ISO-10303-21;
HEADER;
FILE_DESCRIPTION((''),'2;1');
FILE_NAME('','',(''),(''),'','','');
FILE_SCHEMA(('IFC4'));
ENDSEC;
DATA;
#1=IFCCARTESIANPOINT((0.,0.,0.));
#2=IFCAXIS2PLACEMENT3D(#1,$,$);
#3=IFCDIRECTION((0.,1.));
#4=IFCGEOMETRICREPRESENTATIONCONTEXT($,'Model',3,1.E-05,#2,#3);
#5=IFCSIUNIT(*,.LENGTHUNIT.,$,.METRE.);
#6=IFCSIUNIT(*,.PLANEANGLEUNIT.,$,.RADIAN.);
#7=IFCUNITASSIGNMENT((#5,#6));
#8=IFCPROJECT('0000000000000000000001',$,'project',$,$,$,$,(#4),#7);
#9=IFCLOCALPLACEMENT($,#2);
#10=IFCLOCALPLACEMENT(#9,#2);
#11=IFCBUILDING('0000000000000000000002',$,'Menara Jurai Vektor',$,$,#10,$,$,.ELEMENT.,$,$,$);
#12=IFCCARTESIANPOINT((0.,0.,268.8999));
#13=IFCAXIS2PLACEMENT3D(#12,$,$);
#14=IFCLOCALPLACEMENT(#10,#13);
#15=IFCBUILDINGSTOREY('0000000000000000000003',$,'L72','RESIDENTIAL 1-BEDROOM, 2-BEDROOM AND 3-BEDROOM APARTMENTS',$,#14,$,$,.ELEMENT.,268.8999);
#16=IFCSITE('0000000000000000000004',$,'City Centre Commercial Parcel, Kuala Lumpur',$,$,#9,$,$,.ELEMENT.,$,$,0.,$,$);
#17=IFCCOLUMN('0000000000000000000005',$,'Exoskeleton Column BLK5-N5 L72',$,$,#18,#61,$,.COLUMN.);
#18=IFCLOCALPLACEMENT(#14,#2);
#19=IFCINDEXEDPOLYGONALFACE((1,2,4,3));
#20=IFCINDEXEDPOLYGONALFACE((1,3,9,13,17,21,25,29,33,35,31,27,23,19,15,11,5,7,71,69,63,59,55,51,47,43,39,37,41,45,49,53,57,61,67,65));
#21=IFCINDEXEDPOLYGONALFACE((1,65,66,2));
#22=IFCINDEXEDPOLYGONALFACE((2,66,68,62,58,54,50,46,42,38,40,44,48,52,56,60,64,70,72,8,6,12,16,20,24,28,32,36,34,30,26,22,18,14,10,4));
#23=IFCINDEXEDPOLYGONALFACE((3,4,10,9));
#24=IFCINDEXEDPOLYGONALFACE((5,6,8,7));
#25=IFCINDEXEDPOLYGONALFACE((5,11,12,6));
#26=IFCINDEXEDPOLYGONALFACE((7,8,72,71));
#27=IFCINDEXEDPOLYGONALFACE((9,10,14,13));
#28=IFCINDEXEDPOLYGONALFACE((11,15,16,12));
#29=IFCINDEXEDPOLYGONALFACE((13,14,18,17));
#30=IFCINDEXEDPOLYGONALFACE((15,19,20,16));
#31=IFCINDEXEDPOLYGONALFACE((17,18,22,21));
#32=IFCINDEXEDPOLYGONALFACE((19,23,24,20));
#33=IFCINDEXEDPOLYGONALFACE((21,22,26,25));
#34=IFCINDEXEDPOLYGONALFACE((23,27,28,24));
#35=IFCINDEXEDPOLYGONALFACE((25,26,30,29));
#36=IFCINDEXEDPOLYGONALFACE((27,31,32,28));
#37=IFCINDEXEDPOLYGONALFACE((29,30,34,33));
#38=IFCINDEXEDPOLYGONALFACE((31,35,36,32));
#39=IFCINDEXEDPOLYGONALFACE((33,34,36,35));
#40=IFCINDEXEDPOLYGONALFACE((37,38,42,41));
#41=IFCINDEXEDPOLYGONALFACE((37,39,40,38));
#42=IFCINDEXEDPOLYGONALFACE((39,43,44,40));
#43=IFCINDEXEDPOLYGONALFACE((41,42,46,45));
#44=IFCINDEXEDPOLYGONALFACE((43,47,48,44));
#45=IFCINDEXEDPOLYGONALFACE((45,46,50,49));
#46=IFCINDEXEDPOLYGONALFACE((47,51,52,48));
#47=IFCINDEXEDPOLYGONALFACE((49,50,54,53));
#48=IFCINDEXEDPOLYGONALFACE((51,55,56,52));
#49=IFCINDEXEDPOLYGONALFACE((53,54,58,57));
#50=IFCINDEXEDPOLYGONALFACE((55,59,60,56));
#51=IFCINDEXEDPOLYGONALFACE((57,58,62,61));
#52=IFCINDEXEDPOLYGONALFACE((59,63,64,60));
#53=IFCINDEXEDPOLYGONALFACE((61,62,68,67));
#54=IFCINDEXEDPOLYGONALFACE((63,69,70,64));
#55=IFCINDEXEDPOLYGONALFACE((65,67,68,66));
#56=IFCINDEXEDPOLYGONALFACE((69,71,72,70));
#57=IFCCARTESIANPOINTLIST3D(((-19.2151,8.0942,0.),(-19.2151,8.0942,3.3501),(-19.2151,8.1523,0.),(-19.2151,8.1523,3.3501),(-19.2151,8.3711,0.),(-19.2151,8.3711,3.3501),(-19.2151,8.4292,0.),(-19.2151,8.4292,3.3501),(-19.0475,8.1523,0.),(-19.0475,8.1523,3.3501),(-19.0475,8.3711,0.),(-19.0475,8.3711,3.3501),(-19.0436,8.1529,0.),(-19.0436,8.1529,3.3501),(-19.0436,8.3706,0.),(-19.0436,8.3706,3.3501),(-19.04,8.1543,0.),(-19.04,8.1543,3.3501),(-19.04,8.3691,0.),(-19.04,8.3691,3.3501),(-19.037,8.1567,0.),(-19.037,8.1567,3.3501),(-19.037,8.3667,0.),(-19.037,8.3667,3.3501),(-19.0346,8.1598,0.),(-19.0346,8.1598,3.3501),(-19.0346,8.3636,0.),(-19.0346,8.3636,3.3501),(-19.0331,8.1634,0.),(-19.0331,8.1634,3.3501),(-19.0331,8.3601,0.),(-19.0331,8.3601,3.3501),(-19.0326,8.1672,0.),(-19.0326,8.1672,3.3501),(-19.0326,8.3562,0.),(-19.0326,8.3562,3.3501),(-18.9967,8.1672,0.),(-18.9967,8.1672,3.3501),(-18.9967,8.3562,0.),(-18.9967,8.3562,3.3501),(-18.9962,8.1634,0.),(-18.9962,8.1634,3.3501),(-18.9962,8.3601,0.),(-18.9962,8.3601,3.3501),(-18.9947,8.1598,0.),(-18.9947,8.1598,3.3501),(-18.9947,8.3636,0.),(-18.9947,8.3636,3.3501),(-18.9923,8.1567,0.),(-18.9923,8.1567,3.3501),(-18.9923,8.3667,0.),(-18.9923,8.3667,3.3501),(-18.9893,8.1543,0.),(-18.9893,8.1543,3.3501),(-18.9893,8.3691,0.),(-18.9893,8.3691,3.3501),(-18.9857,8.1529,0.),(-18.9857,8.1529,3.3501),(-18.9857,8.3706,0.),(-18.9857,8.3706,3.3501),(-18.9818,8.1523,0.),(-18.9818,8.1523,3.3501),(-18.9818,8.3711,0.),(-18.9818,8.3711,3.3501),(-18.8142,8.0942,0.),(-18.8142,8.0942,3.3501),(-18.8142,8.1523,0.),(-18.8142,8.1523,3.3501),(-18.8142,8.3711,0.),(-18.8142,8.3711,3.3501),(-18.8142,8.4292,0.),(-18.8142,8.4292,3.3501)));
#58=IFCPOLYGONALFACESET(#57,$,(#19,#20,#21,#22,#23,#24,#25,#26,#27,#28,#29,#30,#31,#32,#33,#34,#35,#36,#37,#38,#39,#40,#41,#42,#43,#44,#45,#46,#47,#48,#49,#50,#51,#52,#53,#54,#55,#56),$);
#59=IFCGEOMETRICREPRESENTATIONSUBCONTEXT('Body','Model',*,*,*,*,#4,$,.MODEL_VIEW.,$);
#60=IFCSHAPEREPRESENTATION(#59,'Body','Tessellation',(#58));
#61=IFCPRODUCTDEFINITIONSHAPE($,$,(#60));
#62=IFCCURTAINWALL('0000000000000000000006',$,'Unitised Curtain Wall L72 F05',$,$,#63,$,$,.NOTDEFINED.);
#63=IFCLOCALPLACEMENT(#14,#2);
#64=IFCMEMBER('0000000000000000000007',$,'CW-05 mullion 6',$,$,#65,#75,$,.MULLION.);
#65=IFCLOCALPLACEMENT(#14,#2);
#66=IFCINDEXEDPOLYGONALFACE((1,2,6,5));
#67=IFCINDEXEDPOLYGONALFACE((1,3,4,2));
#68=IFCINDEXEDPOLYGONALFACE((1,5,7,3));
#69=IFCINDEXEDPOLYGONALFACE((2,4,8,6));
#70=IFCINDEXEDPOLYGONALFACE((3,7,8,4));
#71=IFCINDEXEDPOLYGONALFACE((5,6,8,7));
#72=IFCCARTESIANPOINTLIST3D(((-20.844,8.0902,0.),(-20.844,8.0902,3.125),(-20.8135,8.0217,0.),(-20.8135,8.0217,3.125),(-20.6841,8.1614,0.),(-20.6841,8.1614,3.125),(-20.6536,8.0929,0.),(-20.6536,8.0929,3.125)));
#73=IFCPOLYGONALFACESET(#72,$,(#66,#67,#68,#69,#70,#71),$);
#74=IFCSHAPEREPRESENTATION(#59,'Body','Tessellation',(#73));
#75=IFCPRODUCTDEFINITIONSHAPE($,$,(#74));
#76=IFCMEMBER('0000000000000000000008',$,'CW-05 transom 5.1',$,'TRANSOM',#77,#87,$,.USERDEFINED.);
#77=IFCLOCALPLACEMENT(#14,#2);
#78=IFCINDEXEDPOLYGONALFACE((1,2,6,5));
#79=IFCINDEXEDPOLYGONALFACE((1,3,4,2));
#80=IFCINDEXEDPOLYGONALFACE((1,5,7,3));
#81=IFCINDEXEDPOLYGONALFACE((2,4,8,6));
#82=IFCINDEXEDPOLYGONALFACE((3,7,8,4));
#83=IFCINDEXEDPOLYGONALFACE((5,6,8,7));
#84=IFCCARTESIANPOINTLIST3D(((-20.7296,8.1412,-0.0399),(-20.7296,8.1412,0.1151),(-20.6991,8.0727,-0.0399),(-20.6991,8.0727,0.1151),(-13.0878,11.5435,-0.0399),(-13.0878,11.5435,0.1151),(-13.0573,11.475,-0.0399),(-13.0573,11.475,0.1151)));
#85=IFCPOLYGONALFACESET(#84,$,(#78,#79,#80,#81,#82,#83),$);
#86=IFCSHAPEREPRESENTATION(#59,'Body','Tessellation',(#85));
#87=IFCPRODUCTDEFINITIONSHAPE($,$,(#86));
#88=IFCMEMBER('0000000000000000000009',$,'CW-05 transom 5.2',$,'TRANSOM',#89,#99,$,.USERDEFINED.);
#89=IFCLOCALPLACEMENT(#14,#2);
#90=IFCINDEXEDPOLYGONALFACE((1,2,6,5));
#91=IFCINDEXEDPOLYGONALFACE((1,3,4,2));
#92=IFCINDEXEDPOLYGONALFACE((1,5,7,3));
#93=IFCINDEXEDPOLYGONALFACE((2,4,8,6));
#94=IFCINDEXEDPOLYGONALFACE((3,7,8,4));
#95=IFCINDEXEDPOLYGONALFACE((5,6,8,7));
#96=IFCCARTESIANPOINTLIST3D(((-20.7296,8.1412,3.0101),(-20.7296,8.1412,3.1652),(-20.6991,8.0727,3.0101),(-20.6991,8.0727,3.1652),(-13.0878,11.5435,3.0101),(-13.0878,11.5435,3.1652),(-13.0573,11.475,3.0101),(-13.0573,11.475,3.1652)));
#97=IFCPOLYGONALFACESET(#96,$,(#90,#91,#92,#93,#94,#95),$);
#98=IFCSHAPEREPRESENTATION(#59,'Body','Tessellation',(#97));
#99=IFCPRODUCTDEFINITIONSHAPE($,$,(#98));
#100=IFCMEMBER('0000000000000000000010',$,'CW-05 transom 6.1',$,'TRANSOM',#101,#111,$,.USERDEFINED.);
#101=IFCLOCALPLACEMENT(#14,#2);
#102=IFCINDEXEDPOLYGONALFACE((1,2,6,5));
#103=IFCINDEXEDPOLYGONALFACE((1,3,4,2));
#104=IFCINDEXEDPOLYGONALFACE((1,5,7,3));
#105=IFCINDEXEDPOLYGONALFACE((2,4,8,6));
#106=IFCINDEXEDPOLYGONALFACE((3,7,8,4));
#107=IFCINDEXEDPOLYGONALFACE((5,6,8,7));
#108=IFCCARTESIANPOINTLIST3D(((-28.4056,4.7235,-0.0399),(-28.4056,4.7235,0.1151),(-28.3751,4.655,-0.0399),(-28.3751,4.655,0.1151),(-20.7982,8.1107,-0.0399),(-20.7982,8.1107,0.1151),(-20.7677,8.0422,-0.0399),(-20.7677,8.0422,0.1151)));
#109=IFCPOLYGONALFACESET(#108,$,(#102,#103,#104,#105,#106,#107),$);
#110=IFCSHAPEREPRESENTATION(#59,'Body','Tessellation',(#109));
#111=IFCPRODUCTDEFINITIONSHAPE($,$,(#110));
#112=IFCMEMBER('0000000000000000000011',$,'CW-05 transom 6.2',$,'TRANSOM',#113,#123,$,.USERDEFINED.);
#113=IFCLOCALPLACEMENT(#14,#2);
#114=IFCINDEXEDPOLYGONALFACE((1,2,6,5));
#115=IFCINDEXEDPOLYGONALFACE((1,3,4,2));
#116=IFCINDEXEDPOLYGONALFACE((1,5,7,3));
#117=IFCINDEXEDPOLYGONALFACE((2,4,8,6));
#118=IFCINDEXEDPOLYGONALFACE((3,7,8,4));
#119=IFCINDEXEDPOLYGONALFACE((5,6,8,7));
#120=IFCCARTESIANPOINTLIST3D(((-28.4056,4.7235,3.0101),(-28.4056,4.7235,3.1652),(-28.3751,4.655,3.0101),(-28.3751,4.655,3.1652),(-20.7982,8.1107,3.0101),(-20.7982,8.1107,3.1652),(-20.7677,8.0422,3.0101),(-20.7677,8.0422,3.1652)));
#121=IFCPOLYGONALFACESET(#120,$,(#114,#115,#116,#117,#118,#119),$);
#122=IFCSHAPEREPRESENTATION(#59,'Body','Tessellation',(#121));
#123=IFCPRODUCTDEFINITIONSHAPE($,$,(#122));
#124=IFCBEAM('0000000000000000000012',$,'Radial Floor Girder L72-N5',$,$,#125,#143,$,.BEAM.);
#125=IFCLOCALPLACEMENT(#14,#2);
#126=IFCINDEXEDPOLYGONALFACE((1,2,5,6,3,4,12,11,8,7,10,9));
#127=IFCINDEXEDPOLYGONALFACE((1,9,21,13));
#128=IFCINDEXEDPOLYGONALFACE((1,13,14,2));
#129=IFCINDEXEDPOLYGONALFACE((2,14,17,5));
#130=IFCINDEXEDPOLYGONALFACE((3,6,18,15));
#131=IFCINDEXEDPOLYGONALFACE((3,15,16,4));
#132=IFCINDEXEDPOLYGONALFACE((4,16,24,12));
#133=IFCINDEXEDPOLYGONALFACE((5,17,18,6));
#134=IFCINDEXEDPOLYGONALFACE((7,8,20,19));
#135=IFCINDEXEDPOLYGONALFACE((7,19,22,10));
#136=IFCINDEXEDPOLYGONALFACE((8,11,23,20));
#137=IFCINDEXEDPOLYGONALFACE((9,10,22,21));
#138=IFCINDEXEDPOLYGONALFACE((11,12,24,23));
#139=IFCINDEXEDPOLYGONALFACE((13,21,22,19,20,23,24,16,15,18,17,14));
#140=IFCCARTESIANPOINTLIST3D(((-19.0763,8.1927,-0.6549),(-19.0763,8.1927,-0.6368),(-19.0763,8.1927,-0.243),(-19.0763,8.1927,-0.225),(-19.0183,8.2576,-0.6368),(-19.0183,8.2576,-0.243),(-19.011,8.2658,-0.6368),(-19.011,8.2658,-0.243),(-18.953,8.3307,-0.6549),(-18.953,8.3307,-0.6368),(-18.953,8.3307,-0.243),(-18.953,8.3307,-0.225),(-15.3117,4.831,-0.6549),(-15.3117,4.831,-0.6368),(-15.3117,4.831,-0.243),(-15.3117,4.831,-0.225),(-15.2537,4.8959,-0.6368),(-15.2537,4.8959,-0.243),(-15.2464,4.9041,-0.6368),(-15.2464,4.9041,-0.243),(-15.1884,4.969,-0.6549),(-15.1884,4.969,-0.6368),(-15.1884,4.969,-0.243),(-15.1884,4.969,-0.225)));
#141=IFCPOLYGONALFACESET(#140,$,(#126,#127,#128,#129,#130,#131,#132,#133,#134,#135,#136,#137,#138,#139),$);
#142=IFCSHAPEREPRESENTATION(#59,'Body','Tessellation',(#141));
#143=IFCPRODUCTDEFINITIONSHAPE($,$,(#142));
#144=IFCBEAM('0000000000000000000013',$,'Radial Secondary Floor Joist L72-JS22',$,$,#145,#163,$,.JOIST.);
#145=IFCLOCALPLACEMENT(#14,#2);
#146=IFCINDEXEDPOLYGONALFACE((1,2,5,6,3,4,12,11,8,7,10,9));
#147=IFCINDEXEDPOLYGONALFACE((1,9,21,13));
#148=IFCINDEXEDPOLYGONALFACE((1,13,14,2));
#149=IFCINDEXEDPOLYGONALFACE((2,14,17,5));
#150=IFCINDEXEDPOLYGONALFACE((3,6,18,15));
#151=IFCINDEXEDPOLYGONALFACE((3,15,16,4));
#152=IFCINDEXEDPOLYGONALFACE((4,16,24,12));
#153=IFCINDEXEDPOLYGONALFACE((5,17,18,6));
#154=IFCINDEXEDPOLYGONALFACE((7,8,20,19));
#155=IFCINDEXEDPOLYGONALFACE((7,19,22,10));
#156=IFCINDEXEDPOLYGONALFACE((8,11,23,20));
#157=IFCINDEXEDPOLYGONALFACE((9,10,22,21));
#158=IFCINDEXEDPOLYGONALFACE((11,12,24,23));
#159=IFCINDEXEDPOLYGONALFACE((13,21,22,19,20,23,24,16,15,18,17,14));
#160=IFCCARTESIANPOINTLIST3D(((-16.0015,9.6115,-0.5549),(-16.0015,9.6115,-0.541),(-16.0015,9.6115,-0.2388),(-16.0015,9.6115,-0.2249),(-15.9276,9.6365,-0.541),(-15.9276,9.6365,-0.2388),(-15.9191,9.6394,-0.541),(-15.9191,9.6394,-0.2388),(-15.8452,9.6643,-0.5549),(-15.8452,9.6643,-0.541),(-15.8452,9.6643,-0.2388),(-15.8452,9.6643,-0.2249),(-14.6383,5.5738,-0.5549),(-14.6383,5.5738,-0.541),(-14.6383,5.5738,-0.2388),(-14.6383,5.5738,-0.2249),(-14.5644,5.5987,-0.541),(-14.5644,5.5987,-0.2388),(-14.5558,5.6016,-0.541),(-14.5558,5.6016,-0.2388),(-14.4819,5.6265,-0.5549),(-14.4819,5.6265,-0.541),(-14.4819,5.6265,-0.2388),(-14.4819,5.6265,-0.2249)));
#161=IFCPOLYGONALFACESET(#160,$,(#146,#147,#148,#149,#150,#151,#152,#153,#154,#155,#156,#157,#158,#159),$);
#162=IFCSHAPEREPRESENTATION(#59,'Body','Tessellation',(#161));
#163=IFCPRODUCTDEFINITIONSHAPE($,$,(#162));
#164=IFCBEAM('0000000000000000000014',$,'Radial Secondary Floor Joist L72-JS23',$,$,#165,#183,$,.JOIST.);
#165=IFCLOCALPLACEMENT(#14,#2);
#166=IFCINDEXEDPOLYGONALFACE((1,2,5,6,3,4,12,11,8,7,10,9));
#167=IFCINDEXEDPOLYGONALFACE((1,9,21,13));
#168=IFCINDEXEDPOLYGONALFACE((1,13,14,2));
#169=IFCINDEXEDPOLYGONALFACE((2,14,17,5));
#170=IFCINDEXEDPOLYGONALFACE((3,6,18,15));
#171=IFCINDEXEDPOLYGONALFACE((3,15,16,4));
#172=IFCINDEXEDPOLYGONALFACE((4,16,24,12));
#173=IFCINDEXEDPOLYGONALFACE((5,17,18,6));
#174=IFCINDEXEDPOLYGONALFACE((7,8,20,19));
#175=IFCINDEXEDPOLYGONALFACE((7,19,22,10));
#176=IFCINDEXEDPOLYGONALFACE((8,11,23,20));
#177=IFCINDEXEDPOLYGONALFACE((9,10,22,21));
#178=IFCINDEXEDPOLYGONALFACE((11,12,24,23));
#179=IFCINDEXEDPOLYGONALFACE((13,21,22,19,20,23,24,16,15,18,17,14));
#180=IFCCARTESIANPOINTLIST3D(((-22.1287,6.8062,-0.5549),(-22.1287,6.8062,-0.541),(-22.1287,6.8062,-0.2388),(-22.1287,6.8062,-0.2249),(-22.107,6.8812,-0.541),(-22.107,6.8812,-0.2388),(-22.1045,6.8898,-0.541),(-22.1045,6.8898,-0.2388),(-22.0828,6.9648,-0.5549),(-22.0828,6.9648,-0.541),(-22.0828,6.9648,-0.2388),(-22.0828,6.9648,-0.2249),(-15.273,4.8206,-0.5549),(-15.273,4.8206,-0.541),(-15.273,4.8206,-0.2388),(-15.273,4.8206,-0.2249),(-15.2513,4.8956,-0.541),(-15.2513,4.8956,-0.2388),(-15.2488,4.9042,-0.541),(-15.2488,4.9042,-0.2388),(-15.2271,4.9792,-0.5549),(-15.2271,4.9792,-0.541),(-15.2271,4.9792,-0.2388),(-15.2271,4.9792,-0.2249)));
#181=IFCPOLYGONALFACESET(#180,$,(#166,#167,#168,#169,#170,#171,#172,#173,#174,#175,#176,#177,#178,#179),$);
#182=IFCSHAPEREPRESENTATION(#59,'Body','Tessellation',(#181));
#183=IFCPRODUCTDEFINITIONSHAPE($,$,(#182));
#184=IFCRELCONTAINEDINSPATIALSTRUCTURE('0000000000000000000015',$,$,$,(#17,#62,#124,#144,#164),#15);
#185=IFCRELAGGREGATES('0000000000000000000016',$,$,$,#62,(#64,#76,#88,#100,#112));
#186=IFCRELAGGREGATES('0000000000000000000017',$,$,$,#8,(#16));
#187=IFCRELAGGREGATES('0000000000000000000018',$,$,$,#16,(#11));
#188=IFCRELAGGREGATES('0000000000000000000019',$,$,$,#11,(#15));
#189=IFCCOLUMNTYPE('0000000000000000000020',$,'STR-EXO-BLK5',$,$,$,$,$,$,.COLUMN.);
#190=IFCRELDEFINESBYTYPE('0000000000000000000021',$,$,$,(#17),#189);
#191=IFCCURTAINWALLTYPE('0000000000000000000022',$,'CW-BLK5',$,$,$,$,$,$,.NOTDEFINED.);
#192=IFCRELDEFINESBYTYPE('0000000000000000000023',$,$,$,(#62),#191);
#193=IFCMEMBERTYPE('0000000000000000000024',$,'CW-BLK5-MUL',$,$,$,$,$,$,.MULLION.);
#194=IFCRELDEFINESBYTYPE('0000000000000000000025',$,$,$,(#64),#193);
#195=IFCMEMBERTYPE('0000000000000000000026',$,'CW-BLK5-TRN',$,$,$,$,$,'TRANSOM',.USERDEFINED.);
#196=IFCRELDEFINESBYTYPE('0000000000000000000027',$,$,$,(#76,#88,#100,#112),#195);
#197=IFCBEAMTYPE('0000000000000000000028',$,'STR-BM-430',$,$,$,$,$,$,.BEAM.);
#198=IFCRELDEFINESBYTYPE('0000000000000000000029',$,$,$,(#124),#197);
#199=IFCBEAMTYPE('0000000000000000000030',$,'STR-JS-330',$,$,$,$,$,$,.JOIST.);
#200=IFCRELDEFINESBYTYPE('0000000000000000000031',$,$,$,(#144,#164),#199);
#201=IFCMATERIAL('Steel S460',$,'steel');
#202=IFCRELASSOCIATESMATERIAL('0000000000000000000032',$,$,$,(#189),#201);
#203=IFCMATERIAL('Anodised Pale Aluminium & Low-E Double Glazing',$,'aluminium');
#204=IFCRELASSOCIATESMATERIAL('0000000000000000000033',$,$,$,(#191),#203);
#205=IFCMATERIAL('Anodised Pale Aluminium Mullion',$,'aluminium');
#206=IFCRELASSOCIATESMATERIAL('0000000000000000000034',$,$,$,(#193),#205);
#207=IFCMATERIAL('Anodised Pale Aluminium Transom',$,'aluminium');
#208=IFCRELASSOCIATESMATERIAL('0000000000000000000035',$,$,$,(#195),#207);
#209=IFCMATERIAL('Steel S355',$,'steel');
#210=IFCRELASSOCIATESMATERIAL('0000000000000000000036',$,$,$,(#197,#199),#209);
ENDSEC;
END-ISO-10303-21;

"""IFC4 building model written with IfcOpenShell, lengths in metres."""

from ifc_helpers import new_model, si_unit, direction, frame, origin, origin_2d, place, context, subcontext, project, spatial, rectangle, i_section, extrude, material, material_profile, profile_set, type_object, element, aggregate, save


model = new_model("IFC4")

# Units and contexts
model_context = context("Model", 3, precision=1e-05, world=origin(), true_north=direction((0.0, 1.0)))
body_context = subcontext(model_context, "Body", "Model", "MODEL_VIEW")
ifc_project = project(units=[si_unit("LENGTHUNIT", "METRE"), si_unit("PLANEANGLEUNIT", "RADIAN")], contexts=[model_context])

# Site, building, storey
site_placement = place(None, origin())
site = spatial("IfcSite", under=ifc_project, at=site_placement, Name="City Centre Commercial Parcel, Kuala Lumpur", CompositionType="ELEMENT", RefElevation=0.0)
building_placement = place(site_placement, origin())
building = spatial("IfcBuilding", under=site, at=building_placement, Name="Menara Jurai Vektor", CompositionType="ELEMENT")
storey_placement = place(building_placement, frame((0.0, 0.0, 268.8999)))
storey = spatial("IfcBuildingStorey", under=building, at=storey_placement, Name="L72", Description="RESIDENTIAL 1-BEDROOM, 2-BEDROOM AND 3-BEDROOM APARTMENTS", CompositionType="ELEMENT", Elevation=268.8999)

# Column
ifc_material_1 = material(Name="Steel S460", Category="steel")
ifc_material_profile_1 = material_profile(ifc_material_1, i_section(OverallWidth=0.4009, OverallDepth=0.335, WebThickness=0.0359, FlangeThickness=0.0581, FilletRadius=0.0149, at=origin_2d()), Name="HD 400x463")
ifc_profile_set_1 = profile_set([ifc_material_profile_1], Name="Steel S460")
column_type = type_object("IfcColumnType", Name="STR-EXO-BLK5", PredefinedType="COLUMN", material=ifc_profile_set_1)
column_placement = place(storey_placement, frame((-19.0146, 8.2617, 0.0), z_axis=(0.0, 0.0, 1.0), x_axis=(1.0, 0.0, 0.0)))
element("IfcColumn", 1, at=column_placement, inside=storey, type_object=column_type, Name="Exoskeleton Column BLK5-N5 L72", PredefinedType="COLUMN", context=body_context, shape_type="SweptSolid", body=[
    extrude(i_section(OverallWidth=0.4009, OverallDepth=0.335, WebThickness=0.0359, FlangeThickness=0.0581, FilletRadius=0.0149, at=origin_2d()), origin(), (0.0, 0.0, 1.0), 3.3501),
])

# Curtain wall, members
ifc_material_2 = material(Name="Anodised Pale Aluminium & Low-E Double Glazing", Category="aluminium")
curtain_wall_type = type_object("IfcCurtainWallType", Name="CW-BLK5", PredefinedType="NOTDEFINED", material=ifc_material_2)
curtain_wall_placement = place(storey_placement, origin())
curtain_wall = element("IfcCurtainWall", 2, at=curtain_wall_placement, inside=storey, type_object=curtain_wall_type, Name="Unitised Curtain Wall L72 F05", PredefinedType="NOTDEFINED")
ifc_material_3 = material(Name="Anodised Pale Aluminium Mullion", Category="aluminium")
ifc_material_profile_2 = material_profile(ifc_material_3, rectangle(XDim=0.075, YDim=0.175, at=origin_2d()), Name="ALU MUL 75x175")
ifc_profile_set_2 = profile_set([ifc_material_profile_2], Name="Anodised Pale Aluminium Mullion")
member_type_1 = type_object("IfcMemberType", Name="CW-BLK5-MUL", PredefinedType="MULLION", material=ifc_profile_set_2)
member_1_placement = place(storey_placement, frame((-20.7488, 8.0916, 0.0), z_axis=(0.0, 0.0, 1.0), x_axis=(0.406735, -0.913546, 0.0)))
member_1 = element("IfcMember", 3, at=member_1_placement, type_object=member_type_1, Name="CW-05 mullion 6", PredefinedType="MULLION", context=body_context, shape_type="SweptSolid", body=[
    extrude(rectangle(XDim=0.075, YDim=0.175, at=origin_2d()), origin(), (0.0, 0.0, 1.0), 3.125),
])
ifc_material_4 = material(Name="Anodised Pale Aluminium Transom", Category="aluminium")
ifc_material_profile_3 = material_profile(ifc_material_4, rectangle(XDim=0.075, YDim=0.155, at=origin_2d()), Name="ALU TRN 75x155")
ifc_profile_set_3 = profile_set([ifc_material_profile_3], Name="Anodised Pale Aluminium Transom")
member_type_2 = type_object("IfcMemberType", Name="CW-BLK5-TRN", ElementType="TRANSOM", PredefinedType="USERDEFINED", material=ifc_profile_set_3)
member_2_placement = place(storey_placement, frame((-13.0725, 11.5093, 0.0376), z_axis=(-0.913547, -0.406734, 0.0), x_axis=(0.406734, -0.913547, 0.0)))
member_2 = element("IfcMember", 4, at=member_2_placement, type_object=member_type_2, Name="CW-05 transom 5.1", ObjectType="TRANSOM", PredefinedType="USERDEFINED", context=body_context, shape_type="SweptSolid", body=[
    extrude(rectangle(XDim=0.075, YDim=0.155, at=origin_2d()), origin(), (0.0, 0.0, 1.0), 8.365),
])
member_3_placement = place(storey_placement, frame((-13.0725, 11.5093, 3.0876), z_axis=(-0.913547, -0.406734, 0.0), x_axis=(0.406734, -0.913547, 0.0)))
member_3 = element("IfcMember", 5, at=member_3_placement, type_object=member_type_2, Name="CW-05 transom 5.2", ObjectType="TRANSOM", PredefinedType="USERDEFINED", context=body_context, shape_type="SweptSolid", body=[
    extrude(rectangle(XDim=0.075, YDim=0.155, at=origin_2d()), origin(), (0.0, 0.0, 1.0), 8.365),
])
member_4_placement = place(storey_placement, frame((-20.783, 8.0764, 0.0376), z_axis=(-0.913538, -0.406753, 0.0), x_axis=(0.406753, -0.913538, 0.0)))
member_4 = element("IfcMember", 6, at=member_4_placement, type_object=member_type_2, Name="CW-05 transom 6.1", ObjectType="TRANSOM", PredefinedType="USERDEFINED", context=body_context, shape_type="SweptSolid", body=[
    extrude(rectangle(XDim=0.075, YDim=0.155, at=origin_2d()), origin(), (0.0, 0.0, 1.0), 8.3274),
])
member_5_placement = place(storey_placement, frame((-20.783, 8.0764, 3.0876), z_axis=(-0.913538, -0.406753, 0.0), x_axis=(0.406753, -0.913538, 0.0)))
member_5 = element("IfcMember", 7, at=member_5_placement, type_object=member_type_2, Name="CW-05 transom 6.2", ObjectType="TRANSOM", PredefinedType="USERDEFINED", context=body_context, shape_type="SweptSolid", body=[
    extrude(rectangle(XDim=0.075, YDim=0.155, at=origin_2d()), origin(), (0.0, 0.0, 1.0), 8.3274),
])

# Beams
ifc_material_5 = material(Name="Steel S355", Category="steel")
ifc_material_profile_4 = material_profile(ifc_material_5, i_section(OverallWidth=0.1851, OverallDepth=0.4299, WebThickness=0.011, FlangeThickness=0.0181, at=origin_2d()), Name="PG 430x185x76")
ifc_profile_set_4 = profile_set([ifc_material_profile_4], Name="Steel S355")
beam_type_1 = type_object("IfcBeamType", Name="STR-BM-430", PredefinedType="BEAM", material=ifc_profile_set_4)
beam_1_placement = place(storey_placement, frame((-19.0146, 8.2617, -0.4399), z_axis=(0.745886, -0.666073, 0.0), x_axis=(0.666073, 0.745886, 0.0)))
element("IfcBeam", 8, at=beam_1_placement, inside=storey, type_object=beam_type_1, Name="Radial Floor Girder L72-N5", PredefinedType="BEAM", context=body_context, shape_type="SweptSolid", body=[
    extrude(i_section(OverallWidth=0.1851, OverallDepth=0.4299, WebThickness=0.011, FlangeThickness=0.0181, at=origin_2d()), origin(), (0.0, 0.0, 1.0), 5.0471),
])
ifc_material_profile_5 = material_profile(ifc_material_5, i_section(OverallWidth=0.165, OverallDepth=0.3301, WebThickness=0.009, FlangeThickness=0.0139, at=origin_2d()), Name="PG 330x165x46")
ifc_profile_set_5 = profile_set([ifc_material_profile_5], Name="Steel S355")
beam_type_2 = type_object("IfcBeamType", Name="STR-JS-330", PredefinedType="JOIST", material=ifc_profile_set_5)
beam_2_placement = place(storey_placement, frame((-15.9233, 9.6379, -0.3899), z_axis=(0.319886, -0.947456, 0.0), x_axis=(0.947456, 0.319886, 0.0)))
element("IfcBeam", 9, at=beam_2_placement, inside=storey, type_object=beam_type_2, Name="Radial Secondary Floor Joist L72-JS22", PredefinedType="JOIST", context=body_context, shape_type="SweptSolid", body=[
    extrude(i_section(OverallWidth=0.165, OverallDepth=0.3301, WebThickness=0.009, FlangeThickness=0.0139, at=origin_2d()), origin(), (0.0, 0.0, 1.0), 4.2617),
])
beam_3_placement = place(storey_placement, frame((-22.1057, 6.8855, -0.3899), z_axis=(0.960525, -0.278193, 0.0), x_axis=(0.278193, 0.960525, 0.0)))
element("IfcBeam", 10, at=beam_3_placement, inside=storey, type_object=beam_type_2, Name="Radial Secondary Floor Joist L72-JS23", PredefinedType="JOIST", context=body_context, shape_type="SweptSolid", body=[
    extrude(i_section(OverallWidth=0.165, OverallDepth=0.3301, WebThickness=0.009, FlangeThickness=0.0139, at=origin_2d()), origin(), (0.0, 0.0, 1.0), 7.1375),
])

aggregate(curtain_wall, [member_1, member_2, member_3, member_4, member_5])

save(model, "model.ifc")
